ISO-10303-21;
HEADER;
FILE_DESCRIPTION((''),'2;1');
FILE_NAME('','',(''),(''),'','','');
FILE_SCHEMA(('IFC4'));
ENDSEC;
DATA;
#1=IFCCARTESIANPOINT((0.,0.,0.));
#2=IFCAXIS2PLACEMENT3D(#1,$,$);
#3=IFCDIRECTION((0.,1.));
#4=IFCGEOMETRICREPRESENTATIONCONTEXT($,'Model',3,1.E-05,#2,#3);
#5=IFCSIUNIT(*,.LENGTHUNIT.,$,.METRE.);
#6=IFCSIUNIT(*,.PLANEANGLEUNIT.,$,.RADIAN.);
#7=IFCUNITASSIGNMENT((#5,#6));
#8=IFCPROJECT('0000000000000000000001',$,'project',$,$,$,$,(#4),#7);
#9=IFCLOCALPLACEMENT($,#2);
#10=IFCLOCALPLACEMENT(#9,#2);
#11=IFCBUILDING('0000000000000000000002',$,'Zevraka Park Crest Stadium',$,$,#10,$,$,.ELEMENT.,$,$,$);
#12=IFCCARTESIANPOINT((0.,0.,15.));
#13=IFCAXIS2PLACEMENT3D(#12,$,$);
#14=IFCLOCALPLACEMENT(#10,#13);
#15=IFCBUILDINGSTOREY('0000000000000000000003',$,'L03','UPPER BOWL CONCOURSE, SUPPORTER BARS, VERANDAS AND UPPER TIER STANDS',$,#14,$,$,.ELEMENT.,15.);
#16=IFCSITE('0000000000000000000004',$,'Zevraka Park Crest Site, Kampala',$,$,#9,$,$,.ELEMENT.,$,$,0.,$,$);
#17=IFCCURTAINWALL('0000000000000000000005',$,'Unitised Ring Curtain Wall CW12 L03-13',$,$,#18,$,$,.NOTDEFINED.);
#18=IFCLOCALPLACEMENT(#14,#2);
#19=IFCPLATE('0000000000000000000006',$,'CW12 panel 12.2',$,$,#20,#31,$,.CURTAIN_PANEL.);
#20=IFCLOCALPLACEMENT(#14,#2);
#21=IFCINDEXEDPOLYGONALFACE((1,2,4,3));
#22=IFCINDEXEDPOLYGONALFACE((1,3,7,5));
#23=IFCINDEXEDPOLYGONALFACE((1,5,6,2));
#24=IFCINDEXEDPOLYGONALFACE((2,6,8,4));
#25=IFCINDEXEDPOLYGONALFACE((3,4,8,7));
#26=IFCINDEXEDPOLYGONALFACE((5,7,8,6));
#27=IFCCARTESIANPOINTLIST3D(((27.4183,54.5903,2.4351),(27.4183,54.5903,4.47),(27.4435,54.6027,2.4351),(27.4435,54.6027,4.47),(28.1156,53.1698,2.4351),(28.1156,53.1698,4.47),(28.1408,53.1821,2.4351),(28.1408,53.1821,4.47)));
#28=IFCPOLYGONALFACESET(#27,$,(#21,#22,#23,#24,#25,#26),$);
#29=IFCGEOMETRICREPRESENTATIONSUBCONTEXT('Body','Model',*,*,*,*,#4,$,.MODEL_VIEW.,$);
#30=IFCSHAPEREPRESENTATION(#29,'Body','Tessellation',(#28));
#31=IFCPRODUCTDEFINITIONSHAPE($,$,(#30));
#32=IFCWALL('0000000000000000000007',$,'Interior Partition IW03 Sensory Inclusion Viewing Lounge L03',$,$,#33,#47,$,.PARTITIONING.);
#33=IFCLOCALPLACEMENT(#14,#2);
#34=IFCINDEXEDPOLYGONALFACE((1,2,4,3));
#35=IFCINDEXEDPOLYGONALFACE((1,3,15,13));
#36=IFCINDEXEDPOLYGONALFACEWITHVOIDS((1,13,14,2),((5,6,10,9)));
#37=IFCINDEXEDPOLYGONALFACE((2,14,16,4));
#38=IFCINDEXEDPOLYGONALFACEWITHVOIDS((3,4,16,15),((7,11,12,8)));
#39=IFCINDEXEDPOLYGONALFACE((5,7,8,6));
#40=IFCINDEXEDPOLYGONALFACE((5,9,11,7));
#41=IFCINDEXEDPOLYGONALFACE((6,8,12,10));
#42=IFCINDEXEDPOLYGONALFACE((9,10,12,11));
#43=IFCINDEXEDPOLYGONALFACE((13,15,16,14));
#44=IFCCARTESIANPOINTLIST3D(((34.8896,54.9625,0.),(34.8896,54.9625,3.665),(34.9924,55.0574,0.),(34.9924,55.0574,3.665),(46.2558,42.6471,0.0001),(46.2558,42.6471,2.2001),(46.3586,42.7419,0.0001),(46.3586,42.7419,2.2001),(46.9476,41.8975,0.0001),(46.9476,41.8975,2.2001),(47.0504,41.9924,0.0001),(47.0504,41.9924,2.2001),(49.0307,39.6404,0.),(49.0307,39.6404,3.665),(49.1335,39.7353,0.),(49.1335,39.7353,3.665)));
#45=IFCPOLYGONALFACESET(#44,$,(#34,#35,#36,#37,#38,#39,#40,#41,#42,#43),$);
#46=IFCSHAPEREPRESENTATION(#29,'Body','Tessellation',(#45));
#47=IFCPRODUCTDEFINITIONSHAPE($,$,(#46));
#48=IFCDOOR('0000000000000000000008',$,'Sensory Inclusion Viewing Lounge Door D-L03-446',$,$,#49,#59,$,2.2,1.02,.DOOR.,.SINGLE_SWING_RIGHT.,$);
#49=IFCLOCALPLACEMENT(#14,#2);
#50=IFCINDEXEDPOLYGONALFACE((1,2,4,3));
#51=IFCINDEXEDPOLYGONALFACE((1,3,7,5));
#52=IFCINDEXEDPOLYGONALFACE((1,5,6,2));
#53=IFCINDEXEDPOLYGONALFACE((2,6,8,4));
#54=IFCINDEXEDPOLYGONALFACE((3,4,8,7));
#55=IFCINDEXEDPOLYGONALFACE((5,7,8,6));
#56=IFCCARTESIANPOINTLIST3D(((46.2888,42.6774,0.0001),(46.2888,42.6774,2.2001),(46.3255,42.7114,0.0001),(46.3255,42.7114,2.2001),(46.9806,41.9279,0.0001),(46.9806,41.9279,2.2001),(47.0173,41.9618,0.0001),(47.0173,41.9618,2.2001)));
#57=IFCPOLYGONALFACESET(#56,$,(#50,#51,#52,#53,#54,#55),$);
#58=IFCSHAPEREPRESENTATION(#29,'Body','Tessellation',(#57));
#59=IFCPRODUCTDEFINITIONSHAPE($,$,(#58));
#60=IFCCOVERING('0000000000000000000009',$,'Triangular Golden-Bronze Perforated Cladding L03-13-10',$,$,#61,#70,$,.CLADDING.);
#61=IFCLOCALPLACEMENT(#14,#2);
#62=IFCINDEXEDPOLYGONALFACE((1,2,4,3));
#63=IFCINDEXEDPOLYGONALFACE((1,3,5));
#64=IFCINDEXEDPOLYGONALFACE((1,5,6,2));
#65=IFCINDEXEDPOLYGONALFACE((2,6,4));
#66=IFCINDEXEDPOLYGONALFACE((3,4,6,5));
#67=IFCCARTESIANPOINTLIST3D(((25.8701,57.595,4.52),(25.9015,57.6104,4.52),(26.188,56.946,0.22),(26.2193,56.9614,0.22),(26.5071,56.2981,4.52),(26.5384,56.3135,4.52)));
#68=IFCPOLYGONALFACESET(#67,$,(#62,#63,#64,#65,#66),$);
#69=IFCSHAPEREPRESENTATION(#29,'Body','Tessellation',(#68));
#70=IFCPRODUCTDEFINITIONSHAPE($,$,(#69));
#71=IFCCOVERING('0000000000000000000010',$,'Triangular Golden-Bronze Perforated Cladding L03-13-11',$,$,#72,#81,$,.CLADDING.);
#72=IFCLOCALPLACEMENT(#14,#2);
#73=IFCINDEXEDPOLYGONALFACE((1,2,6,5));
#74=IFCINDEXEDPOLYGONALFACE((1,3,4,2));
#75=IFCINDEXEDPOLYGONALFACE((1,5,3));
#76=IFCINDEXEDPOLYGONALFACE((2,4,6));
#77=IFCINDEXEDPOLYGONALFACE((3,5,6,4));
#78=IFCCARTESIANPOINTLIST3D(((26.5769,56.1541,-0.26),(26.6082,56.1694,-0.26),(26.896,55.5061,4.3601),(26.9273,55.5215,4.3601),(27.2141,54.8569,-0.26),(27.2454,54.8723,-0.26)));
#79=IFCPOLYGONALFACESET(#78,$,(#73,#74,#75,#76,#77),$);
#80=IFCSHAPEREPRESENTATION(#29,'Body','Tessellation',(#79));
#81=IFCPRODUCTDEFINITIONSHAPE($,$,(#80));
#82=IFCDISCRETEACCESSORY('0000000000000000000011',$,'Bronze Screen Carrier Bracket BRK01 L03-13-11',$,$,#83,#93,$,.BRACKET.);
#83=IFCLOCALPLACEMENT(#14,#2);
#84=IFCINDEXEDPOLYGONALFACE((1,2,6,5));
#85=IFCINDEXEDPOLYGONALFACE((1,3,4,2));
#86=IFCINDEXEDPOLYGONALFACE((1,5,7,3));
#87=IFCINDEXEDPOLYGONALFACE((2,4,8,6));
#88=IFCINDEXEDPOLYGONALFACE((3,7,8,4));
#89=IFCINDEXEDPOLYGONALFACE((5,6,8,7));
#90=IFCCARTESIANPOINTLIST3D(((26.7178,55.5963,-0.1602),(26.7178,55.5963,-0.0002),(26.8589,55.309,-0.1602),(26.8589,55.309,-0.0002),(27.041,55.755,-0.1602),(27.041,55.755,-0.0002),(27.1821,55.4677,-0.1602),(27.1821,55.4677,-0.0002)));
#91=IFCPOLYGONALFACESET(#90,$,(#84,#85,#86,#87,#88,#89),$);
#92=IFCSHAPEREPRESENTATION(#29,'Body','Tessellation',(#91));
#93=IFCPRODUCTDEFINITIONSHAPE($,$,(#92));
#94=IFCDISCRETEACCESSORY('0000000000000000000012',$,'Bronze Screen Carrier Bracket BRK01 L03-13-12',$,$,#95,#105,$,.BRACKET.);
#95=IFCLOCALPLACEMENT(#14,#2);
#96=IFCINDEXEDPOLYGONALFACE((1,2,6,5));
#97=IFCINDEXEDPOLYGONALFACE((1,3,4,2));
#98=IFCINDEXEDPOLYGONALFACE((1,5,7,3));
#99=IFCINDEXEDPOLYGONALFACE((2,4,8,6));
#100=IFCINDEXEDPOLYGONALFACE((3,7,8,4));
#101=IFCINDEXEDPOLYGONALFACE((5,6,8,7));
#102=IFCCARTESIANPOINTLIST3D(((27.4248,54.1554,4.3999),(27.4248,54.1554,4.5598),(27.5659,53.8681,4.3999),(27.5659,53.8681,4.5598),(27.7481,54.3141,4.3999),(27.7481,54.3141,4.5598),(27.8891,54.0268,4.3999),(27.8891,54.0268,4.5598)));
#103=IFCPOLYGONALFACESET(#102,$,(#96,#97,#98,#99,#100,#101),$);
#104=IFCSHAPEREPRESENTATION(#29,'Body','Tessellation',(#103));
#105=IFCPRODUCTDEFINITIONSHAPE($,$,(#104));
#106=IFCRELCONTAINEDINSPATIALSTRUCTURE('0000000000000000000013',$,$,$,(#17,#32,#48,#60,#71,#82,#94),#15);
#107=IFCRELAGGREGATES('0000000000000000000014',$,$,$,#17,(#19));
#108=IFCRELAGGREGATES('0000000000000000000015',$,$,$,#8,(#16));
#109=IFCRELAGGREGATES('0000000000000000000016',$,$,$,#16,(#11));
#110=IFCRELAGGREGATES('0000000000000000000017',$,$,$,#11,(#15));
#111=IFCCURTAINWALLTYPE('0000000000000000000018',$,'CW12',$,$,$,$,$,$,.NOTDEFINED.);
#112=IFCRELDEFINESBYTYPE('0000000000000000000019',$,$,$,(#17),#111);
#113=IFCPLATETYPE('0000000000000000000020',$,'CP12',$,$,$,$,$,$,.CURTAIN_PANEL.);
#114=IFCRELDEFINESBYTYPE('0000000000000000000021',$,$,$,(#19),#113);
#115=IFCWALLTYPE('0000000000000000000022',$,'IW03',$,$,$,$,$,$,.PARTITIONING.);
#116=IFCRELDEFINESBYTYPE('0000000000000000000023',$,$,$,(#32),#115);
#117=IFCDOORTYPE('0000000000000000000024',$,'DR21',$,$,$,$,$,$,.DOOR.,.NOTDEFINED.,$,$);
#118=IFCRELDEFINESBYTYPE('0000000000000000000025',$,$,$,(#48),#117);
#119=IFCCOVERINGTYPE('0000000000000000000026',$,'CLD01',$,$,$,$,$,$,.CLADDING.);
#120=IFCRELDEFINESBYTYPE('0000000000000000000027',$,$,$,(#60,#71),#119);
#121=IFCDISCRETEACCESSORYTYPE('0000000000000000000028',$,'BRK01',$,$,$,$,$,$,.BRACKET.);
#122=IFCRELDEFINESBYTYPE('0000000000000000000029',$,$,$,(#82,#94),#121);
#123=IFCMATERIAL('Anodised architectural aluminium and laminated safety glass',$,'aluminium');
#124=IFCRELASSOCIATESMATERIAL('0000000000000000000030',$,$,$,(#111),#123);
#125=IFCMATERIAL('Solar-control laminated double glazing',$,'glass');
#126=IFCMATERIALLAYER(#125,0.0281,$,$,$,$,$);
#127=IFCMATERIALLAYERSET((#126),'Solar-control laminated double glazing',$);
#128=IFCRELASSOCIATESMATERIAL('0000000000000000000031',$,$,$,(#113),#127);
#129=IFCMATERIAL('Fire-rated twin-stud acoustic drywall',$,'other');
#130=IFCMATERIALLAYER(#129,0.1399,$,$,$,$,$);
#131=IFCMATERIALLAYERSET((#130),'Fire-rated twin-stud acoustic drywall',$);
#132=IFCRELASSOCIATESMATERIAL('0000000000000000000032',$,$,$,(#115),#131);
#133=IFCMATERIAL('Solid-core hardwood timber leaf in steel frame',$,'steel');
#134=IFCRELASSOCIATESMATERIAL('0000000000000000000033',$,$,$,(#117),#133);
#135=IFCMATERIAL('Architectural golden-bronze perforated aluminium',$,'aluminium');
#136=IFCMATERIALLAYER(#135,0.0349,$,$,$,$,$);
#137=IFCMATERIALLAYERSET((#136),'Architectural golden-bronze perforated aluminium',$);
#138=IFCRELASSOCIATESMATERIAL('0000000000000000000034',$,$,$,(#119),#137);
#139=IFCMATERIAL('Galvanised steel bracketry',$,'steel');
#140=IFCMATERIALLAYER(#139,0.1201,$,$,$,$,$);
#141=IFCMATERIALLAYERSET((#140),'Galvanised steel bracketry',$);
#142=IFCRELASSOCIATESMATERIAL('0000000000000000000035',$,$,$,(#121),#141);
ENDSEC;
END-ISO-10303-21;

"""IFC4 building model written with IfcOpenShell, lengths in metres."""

from ifc_helpers import new_model, si_unit, direction, frame, frame_2d, origin, origin_2d, place, context, subcontext, project, spatial, polyline, rectangle, outline, extrude, material, layer, layer_set, type_object, element, fill, aggregate, save


model = new_model("IFC4")

# Units and contexts
model_context = context("Model", 3, precision=1e-05, world=origin(), true_north=direction((0.0, 1.0)))
body_context = subcontext(model_context, "Body", "Model", "MODEL_VIEW")
ifc_project = project(units=[si_unit("LENGTHUNIT", "METRE"), si_unit("PLANEANGLEUNIT", "RADIAN")], contexts=[model_context])

# Site, building, storey
site_placement = place(None, origin())
site = spatial("IfcSite", under=ifc_project, at=site_placement, Name="Zevraka Park Crest Site, Kampala", CompositionType="ELEMENT", RefElevation=0.0)
building_placement = place(site_placement, origin())
building = spatial("IfcBuilding", under=site, at=building_placement, Name="Zevraka Park Crest Stadium", CompositionType="ELEMENT")
storey_placement = place(building_placement, frame((0.0, 0.0, 15.0)))
storey = spatial("IfcBuildingStorey", under=building, at=storey_placement, Name="L03", Description="UPPER BOWL CONCOURSE, SUPPORTER BARS, VERANDAS AND UPPER TIER STANDS", CompositionType="ELEMENT", Elevation=15.0)

# Curtain wall
ifc_material_1 = material(Name="Anodised architectural aluminium and laminated safety glass", Category="aluminium")
curtain_wall_type = type_object("IfcCurtainWallType", Name="CW12", PredefinedType="NOTDEFINED", material=ifc_material_1)
curtain_wall_placement = place(storey_placement, origin())
curtain_wall = element("IfcCurtainWall", 1, at=curtain_wall_placement, inside=storey, type_object=curtain_wall_type, Name="Unitised Ring Curtain Wall CW12 L03-13", PredefinedType="NOTDEFINED")

# Plate
ifc_material_2 = material(Name="Solar-control laminated double glazing", Category="glass")
ifc_layer_1 = layer(ifc_material_2, 0.0281)
ifc_layer_set_1 = layer_set([ifc_layer_1], Name="Solar-control laminated double glazing")
plate_type = type_object("IfcPlateType", Name="CP12", PredefinedType="CURTAIN_PANEL", material=ifc_layer_set_1)
plate_1_placement = place(storey_placement, frame((27.7795, 53.8862, 2.4351), z_axis=(0.0, 0.0, 1.0), x_axis=(0.440666, -0.897671, 0.0)))
plate_1 = element("IfcPlate", 2, at=plate_1_placement, type_object=plate_type, Name="CW12 panel 12.2", PredefinedType="CURTAIN_PANEL", context=body_context, shape_type="SweptSolid", body=[
    extrude(rectangle(XDim=1.5825, YDim=0.0281, at=origin_2d()), origin(), (0.0, 0.0, 1.0), 2.0349),
])
aggregate(curtain_wall, [plate_1])

# Wall, opening, door
ifc_material_3 = material(Name="Fire-rated twin-stud acoustic drywall", Category="other")
ifc_layer_2 = layer(ifc_material_3, 0.1399)
ifc_layer_set_2 = layer_set([ifc_layer_2], Name="Fire-rated twin-stud acoustic drywall")
wall_type = type_object("IfcWallType", Name="IW03", PredefinedType="PARTITIONING", material=ifc_layer_set_2)
wall_placement = place(storey_placement, frame((34.9409, 55.01, 0.0), z_axis=(0.0, 0.0, 1.0), x_axis=(0.678221, -0.734858, 0.0)))
wall = element("IfcWall", 3, at=wall_placement, inside=storey, type_object=wall_type, Name="Interior Partition IW03 Sensory Inclusion Viewing Lounge L03", PredefinedType="PARTITIONING", context=body_context, shape_type="SweptSolid", body=[
    extrude(rectangle(XDim=20.8503, YDim=0.1399, at=frame_2d((10.4253, 0.0))), origin(), (0.0, 0.0, 1.0), 3.665),
])
opening_placement = place(wall_placement, frame((16.759, 0.0, 0.0)))
opening = element("IfcOpeningElement", 4, at=opening_placement, cuts=wall, PredefinedType="OPENING", context=body_context, shape_type="SweptSolid", body=[
    extrude(rectangle(XDim=1.02, YDim=2.2, at=frame_2d((0.51, 1.1001))), frame((0.0, 0.0798, 0.0), z_axis=(0.0, -1.0, 0.0), x_axis=(1.0, 0.0, 0.0)), (0.0, 0.0, 1.0), 0.1599),
])
ifc_material_4 = material(Name="Solid-core hardwood timber leaf in steel frame", Category="steel")
door_type = type_object("IfcDoorType", Name="DR21", OperationType="NOTDEFINED", PredefinedType="DOOR", material=ifc_material_4)
door_placement = place(opening_placement, origin())
door = element("IfcDoor", 5, at=door_placement, inside=storey, type_object=door_type, Name="Sensory Inclusion Viewing Lounge Door D-L03-446", OperationType="SINGLE_SWING_RIGHT", OverallHeight=2.2, OverallWidth=1.02, PredefinedType="DOOR", context=body_context, shape_type="SweptSolid", body=[
    extrude(rectangle(XDim=1.02, YDim=2.2, at=frame_2d((0.51, 1.1001))), frame((0.0, 0.0249, 0.0), z_axis=(0.0, -1.0, 0.0), x_axis=(1.0, 0.0, 0.0)), (0.0, 0.0, 1.0), 0.05),
])
fill(opening, door)

# Coverings
ifc_material_5 = material(Name="Architectural golden-bronze perforated aluminium", Category="aluminium")
ifc_layer_3 = layer(ifc_material_5, 0.0349)
ifc_layer_set_3 = layer_set([ifc_layer_3], Name="Architectural golden-bronze perforated aluminium")
covering_type = type_object("IfcCoveringType", Name="CLD01", PredefinedType="CLADDING", material=ifc_layer_set_3)
covering_1_placement = place(storey_placement, frame((26.5071, 56.2981, 4.52), z_axis=(-0.897581, -0.440849, 0.000177), x_axis=(-0.440849, 0.897581, 0.0)))
element("IfcCovering", 6, at=covering_1_placement, inside=storey, type_object=covering_type, Name="Triangular Golden-Bronze Perforated Cladding L03-13-10", PredefinedType="CLADDING", context=body_context, shape_type="SweptSolid", body=[
    extrude(outline(polyline([(0.0, 0.0), (1.4449, 0.0), (0.7223, 4.3), (0.0, 0.0)])), origin(), (0.0, 0.0, -1.0), 0.0349),
])
covering_2_placement = place(storey_placement, frame((26.5769, 56.1541, -0.26), z_axis=(-0.897547, -0.440918, 0.000153), x_axis=(0.440918, -0.897547, 0.0)))
element("IfcCovering", 7, at=covering_2_placement, inside=storey, type_object=covering_type, Name="Triangular Golden-Bronze Perforated Cladding L03-13-11", PredefinedType="CLADDING", context=body_context, shape_type="SweptSolid", body=[
    extrude(outline(polyline([(0.0, 0.0), (1.4452, 0.0), (0.7223, 4.6201), (0.0, 0.0)])), origin(), (0.0, 0.0, -1.0), 0.0349),
])

# Discrete accessories
ifc_material_6 = material(Name="Galvanised steel bracketry", Category="steel")
ifc_layer_4 = layer(ifc_material_6, 0.1201)
ifc_layer_set_4 = layer_set([ifc_layer_4], Name="Galvanised steel bracketry")
discrete_accessory_type = type_object("IfcDiscreteAccessoryType", Name="BRK01", PredefinedType="BRACKET", material=ifc_layer_set_4)
for number, where, z_axis, x_axis, name in (
    (8, (26.95, 55.532, -0.1602), (0.0, 0.0, 1.0), (0.440723, -0.897643, 0.0), "Bronze Screen Carrier Bracket BRK01 L03-13-11"),
    (9, (27.657, 54.0911, 4.3999), (0.0, 0.0, 1.0), (0.440723, -0.897643, 0.0), "Bronze Screen Carrier Bracket BRK01 L03-13-12"),
):
    element("IfcDiscreteAccessory", number, at=place(storey_placement, frame(where, z_axis=z_axis, x_axis=x_axis)), inside=storey, type_object=discrete_accessory_type, Name=name, PredefinedType="BRACKET", context=body_context, shape_type="SweptSolid", body=[
        extrude(rectangle(XDim=0.3201, YDim=0.3601, at=origin_2d()), origin(), (0.0, 0.0, 1.0), 0.1599),
    ])

save(model, "model.ifc")
